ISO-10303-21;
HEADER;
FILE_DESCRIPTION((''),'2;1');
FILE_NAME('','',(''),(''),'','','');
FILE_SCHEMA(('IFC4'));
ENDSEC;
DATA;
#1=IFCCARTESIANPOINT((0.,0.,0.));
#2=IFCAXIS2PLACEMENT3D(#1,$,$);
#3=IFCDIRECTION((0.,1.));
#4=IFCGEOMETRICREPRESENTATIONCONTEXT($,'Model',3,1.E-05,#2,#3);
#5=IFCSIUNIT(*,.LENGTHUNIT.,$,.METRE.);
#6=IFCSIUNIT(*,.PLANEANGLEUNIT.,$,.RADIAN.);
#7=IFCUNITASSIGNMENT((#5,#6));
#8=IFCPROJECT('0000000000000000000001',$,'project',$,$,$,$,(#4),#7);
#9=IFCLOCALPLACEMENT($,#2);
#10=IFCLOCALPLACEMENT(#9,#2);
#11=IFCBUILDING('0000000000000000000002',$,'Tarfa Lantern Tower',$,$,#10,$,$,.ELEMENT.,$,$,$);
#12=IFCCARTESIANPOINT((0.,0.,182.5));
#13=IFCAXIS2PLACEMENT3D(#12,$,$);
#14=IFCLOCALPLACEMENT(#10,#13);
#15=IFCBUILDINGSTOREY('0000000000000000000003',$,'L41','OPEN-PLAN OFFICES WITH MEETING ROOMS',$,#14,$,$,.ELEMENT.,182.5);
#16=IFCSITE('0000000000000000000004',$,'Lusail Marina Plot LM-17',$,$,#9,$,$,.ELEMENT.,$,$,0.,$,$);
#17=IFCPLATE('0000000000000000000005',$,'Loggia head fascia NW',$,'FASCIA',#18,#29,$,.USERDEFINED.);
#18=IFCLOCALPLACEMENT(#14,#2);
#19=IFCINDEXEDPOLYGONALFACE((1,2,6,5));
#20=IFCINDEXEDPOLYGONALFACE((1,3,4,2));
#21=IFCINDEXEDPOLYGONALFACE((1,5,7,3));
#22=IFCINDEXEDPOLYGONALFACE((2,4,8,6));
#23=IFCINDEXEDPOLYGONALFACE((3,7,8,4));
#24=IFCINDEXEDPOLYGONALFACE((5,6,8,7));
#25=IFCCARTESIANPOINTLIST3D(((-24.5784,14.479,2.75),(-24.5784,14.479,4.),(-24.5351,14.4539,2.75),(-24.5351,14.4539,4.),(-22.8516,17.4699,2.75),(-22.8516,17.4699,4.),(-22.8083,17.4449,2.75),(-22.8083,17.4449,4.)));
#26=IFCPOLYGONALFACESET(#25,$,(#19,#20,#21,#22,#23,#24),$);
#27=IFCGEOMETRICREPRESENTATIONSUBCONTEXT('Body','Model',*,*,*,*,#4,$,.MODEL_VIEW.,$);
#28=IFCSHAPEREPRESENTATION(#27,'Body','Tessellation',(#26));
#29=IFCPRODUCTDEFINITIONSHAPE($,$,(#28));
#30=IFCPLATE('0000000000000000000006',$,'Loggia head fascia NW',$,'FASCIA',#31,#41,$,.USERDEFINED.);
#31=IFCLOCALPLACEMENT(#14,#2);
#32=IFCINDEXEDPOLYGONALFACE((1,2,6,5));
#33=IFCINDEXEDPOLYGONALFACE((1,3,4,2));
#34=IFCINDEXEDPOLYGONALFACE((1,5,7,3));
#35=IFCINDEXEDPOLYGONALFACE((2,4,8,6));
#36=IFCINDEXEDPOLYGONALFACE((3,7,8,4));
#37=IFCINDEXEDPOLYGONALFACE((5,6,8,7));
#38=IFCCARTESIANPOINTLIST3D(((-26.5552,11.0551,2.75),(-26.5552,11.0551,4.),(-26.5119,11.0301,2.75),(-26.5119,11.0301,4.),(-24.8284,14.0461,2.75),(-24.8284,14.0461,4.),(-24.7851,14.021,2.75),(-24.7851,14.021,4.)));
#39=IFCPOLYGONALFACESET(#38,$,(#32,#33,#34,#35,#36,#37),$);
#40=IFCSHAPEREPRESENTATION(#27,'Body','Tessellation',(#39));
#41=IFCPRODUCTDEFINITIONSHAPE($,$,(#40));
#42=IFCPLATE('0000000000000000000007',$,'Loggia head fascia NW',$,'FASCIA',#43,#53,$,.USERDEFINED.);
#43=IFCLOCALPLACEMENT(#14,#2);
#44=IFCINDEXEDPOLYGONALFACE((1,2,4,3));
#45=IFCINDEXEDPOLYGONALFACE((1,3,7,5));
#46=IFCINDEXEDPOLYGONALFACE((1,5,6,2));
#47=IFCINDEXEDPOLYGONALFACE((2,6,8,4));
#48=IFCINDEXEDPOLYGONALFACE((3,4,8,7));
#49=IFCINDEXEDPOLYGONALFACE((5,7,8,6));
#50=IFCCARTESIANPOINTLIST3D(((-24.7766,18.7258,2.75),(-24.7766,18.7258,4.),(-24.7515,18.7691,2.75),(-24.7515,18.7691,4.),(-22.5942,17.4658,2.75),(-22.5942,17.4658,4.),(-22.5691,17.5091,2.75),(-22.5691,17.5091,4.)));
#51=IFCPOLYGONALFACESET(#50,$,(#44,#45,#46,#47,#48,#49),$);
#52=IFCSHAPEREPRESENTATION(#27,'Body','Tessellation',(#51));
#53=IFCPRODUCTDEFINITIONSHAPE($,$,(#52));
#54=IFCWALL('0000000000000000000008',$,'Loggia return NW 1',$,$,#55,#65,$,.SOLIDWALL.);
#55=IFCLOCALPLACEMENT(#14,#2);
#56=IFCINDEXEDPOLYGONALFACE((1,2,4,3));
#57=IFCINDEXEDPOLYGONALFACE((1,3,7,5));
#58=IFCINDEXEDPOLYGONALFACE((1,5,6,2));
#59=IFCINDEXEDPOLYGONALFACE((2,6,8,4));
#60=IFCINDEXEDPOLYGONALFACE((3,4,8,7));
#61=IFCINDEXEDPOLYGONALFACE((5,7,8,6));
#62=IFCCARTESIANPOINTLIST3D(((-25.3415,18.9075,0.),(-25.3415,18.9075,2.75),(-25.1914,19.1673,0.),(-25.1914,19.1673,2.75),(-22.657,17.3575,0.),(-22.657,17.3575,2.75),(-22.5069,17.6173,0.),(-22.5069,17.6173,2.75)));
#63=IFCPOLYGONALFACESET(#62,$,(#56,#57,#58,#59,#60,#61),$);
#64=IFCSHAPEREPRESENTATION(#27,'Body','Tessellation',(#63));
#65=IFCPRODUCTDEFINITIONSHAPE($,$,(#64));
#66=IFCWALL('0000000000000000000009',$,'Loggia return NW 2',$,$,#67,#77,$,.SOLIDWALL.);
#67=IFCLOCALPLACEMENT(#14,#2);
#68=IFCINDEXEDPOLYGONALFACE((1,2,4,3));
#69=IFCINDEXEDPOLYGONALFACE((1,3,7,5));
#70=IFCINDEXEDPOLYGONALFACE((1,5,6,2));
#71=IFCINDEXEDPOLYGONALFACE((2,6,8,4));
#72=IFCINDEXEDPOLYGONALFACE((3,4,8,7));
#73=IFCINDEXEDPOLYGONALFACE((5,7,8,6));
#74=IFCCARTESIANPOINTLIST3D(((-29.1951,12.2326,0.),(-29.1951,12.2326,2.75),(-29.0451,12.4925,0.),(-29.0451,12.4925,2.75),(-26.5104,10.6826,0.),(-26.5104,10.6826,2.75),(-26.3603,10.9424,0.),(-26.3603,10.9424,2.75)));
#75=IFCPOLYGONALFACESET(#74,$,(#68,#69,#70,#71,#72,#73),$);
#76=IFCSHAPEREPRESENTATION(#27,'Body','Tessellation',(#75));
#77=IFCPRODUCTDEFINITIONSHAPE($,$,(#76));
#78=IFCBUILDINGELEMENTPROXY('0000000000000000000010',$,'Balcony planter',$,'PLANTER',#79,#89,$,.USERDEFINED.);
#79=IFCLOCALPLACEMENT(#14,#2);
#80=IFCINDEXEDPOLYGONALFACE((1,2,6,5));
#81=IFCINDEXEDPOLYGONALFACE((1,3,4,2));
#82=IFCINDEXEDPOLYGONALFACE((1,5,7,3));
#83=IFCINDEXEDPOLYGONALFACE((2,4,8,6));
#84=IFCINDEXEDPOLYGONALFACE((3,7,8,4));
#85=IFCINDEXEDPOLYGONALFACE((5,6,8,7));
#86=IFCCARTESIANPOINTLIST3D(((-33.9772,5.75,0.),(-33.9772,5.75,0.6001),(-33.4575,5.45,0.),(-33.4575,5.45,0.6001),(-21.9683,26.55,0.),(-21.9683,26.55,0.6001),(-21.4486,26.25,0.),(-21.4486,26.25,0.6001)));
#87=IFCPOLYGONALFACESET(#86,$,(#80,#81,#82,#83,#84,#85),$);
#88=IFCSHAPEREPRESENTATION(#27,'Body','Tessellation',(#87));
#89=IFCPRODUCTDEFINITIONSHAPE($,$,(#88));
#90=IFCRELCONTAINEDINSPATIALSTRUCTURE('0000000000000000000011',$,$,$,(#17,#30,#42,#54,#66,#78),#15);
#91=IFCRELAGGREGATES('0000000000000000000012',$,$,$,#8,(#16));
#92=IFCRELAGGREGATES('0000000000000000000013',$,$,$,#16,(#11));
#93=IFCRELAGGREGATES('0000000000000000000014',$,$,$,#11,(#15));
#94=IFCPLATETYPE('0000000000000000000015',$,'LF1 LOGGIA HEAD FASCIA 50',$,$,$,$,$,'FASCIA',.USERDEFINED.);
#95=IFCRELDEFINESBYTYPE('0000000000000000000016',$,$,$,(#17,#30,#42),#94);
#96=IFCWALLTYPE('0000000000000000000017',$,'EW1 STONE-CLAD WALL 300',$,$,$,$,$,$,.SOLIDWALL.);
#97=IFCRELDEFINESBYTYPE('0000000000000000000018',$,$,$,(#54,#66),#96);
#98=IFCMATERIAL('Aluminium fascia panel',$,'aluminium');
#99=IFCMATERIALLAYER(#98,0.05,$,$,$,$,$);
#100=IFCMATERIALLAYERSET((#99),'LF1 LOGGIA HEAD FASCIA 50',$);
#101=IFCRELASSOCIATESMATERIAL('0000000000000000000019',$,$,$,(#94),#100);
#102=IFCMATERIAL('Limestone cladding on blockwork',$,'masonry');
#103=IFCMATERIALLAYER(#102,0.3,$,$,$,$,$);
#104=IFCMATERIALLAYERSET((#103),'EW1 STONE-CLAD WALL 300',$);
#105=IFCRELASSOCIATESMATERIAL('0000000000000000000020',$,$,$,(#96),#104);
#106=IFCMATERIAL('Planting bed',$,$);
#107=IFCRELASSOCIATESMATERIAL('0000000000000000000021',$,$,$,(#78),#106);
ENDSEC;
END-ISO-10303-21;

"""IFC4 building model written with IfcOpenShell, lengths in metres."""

from ifc_helpers import new_model, si_unit, direction, frame, frame_2d, origin, origin_2d, place, context, subcontext, project, spatial, rectangle, extrude, material, layer, layer_set, type_object, element, save


model = new_model("IFC4")

# Units and contexts
model_context = context("Model", 3, precision=1e-05, world=origin(), true_north=direction((0.0, 1.0)))
body_context = subcontext(model_context, "Body", "Model", "MODEL_VIEW")
ifc_project = project(units=[si_unit("LENGTHUNIT", "METRE"), si_unit("PLANEANGLEUNIT", "RADIAN")], contexts=[model_context])

# Site, building, storey
site_placement = place(None, origin())
site = spatial("IfcSite", under=ifc_project, at=site_placement, Name="Lusail Marina Plot LM-17", CompositionType="ELEMENT", RefElevation=0.0)
building_placement = place(site_placement, origin())
building = spatial("IfcBuilding", under=site, at=building_placement, Name="Tarfa Lantern Tower", CompositionType="ELEMENT")
storey_placement = place(building_placement, frame((0.0, 0.0, 182.5)))
storey = spatial("IfcBuildingStorey", under=building, at=storey_placement, Name="L41", Description="OPEN-PLAN OFFICES WITH MEETING ROOMS", CompositionType="ELEMENT", Elevation=182.5)

# Plates
ifc_material_1 = material(Name="Aluminium fascia panel", Category="aluminium")
ifc_layer_1 = layer(ifc_material_1, 0.05)
ifc_layer_set_1 = layer_set([ifc_layer_1], Name="LF1 LOGGIA HEAD FASCIA 50")
plate_type_1 = type_object("IfcPlateType", Name="LF1 LOGGIA HEAD FASCIA 50", ElementType="FASCIA", PredefinedType="USERDEFINED", material=ifc_layer_set_1)
for number, where, z_axis, x_axis, name in (
    (1, (-23.6934, 15.9619, 2.75), (0.0, 0.0, 1.0), (-0.5, -0.866025, 0.0), "Loggia head fascia NW"),
    (2, (-25.6702, 12.5381, 2.75), (0.0, 0.0, 1.0), (-0.5, -0.866025, 0.0), "Loggia head fascia NW"),
):
    element("IfcPlate", number, at=place(storey_placement, frame(where, z_axis=z_axis, x_axis=x_axis)), inside=storey, type_object=plate_type_1, Name=name, ObjectType="FASCIA", PredefinedType="USERDEFINED", context=body_context, shape_type="SweptSolid", body=[
        extrude(rectangle(XDim=3.4536, YDim=0.05, at=origin_2d()), origin(), (0.0, 0.0, 1.0), 1.25),
    ])
plate_1_placement = place(storey_placement, frame((-23.6729, 18.1174, 2.75), z_axis=(0.0, 0.0, 1.0), x_axis=(0.866025, -0.5, 0.0)))
element("IfcPlate", 3, at=plate_1_placement, inside=storey, type_object=plate_type_1, Name="Loggia head fascia NW", ObjectType="FASCIA", PredefinedType="USERDEFINED", context=body_context, shape_type="SweptSolid", body=[
    extrude(rectangle(XDim=2.52, YDim=0.05, at=origin_2d()), origin(), (0.0, 0.0, 1.0), 1.25),
])

# Walls
ifc_material_2 = material(Name="Limestone cladding on blockwork", Category="masonry")
ifc_layer_2 = layer(ifc_material_2, 0.3)
ifc_layer_set_2 = layer_set([ifc_layer_2], Name="EW1 STONE-CLAD WALL 300")
wall_type = type_object("IfcWallType", Name="EW1 STONE-CLAD WALL 300", PredefinedType="SOLIDWALL", material=ifc_layer_set_2)
wall_1_placement = place(storey_placement, frame((-25.2664, 19.0374, 0.0), z_axis=(0.0, 0.0, 1.0), x_axis=(0.86601, -0.500027, 0.0)))
element("IfcWall", 4, at=wall_1_placement, inside=storey, type_object=wall_type, Name="Loggia return NW 1", PredefinedType="SOLIDWALL", context=body_context, shape_type="SweptSolid", body=[
    extrude(rectangle(XDim=3.0999, YDim=0.3, at=frame_2d((1.5498, 0.0))), origin(), (0.0, 0.0, 1.0), 2.75),
])
wall_2_placement = place(storey_placement, frame((-29.1201, 12.3625, 0.0), z_axis=(0.0, 0.0, 1.0), x_axis=(0.86603, -0.499993, 0.0)))
element("IfcWall", 5, at=wall_2_placement, inside=storey, type_object=wall_type, Name="Loggia return NW 2", PredefinedType="SOLIDWALL", context=body_context, shape_type="SweptSolid", body=[
    extrude(rectangle(XDim=3.1001, YDim=0.3, at=frame_2d((1.55, 0.0))), origin(), (0.0, 0.0, 1.0), 2.75),
])

# Building element proxy
ifc_material_3 = material(Name="Planting bed")
proxy_placement = place(storey_placement, frame((-27.7129, 16.0, 0.0), z_axis=(0.0, 0.0, 1.0), x_axis=(-0.5, -0.866025, 0.0)))
element("IfcBuildingElementProxy", 6, at=proxy_placement, inside=storey, material=ifc_material_3, Name="Balcony planter", ObjectType="PLANTER", PredefinedType="USERDEFINED", context=body_context, shape_type="SweptSolid", body=[
    extrude(rectangle(XDim=24.0178, YDim=0.6001, at=origin_2d()), origin(), (0.0, 0.0, 1.0), 0.6001),
])

save(model, "model.ifc")
